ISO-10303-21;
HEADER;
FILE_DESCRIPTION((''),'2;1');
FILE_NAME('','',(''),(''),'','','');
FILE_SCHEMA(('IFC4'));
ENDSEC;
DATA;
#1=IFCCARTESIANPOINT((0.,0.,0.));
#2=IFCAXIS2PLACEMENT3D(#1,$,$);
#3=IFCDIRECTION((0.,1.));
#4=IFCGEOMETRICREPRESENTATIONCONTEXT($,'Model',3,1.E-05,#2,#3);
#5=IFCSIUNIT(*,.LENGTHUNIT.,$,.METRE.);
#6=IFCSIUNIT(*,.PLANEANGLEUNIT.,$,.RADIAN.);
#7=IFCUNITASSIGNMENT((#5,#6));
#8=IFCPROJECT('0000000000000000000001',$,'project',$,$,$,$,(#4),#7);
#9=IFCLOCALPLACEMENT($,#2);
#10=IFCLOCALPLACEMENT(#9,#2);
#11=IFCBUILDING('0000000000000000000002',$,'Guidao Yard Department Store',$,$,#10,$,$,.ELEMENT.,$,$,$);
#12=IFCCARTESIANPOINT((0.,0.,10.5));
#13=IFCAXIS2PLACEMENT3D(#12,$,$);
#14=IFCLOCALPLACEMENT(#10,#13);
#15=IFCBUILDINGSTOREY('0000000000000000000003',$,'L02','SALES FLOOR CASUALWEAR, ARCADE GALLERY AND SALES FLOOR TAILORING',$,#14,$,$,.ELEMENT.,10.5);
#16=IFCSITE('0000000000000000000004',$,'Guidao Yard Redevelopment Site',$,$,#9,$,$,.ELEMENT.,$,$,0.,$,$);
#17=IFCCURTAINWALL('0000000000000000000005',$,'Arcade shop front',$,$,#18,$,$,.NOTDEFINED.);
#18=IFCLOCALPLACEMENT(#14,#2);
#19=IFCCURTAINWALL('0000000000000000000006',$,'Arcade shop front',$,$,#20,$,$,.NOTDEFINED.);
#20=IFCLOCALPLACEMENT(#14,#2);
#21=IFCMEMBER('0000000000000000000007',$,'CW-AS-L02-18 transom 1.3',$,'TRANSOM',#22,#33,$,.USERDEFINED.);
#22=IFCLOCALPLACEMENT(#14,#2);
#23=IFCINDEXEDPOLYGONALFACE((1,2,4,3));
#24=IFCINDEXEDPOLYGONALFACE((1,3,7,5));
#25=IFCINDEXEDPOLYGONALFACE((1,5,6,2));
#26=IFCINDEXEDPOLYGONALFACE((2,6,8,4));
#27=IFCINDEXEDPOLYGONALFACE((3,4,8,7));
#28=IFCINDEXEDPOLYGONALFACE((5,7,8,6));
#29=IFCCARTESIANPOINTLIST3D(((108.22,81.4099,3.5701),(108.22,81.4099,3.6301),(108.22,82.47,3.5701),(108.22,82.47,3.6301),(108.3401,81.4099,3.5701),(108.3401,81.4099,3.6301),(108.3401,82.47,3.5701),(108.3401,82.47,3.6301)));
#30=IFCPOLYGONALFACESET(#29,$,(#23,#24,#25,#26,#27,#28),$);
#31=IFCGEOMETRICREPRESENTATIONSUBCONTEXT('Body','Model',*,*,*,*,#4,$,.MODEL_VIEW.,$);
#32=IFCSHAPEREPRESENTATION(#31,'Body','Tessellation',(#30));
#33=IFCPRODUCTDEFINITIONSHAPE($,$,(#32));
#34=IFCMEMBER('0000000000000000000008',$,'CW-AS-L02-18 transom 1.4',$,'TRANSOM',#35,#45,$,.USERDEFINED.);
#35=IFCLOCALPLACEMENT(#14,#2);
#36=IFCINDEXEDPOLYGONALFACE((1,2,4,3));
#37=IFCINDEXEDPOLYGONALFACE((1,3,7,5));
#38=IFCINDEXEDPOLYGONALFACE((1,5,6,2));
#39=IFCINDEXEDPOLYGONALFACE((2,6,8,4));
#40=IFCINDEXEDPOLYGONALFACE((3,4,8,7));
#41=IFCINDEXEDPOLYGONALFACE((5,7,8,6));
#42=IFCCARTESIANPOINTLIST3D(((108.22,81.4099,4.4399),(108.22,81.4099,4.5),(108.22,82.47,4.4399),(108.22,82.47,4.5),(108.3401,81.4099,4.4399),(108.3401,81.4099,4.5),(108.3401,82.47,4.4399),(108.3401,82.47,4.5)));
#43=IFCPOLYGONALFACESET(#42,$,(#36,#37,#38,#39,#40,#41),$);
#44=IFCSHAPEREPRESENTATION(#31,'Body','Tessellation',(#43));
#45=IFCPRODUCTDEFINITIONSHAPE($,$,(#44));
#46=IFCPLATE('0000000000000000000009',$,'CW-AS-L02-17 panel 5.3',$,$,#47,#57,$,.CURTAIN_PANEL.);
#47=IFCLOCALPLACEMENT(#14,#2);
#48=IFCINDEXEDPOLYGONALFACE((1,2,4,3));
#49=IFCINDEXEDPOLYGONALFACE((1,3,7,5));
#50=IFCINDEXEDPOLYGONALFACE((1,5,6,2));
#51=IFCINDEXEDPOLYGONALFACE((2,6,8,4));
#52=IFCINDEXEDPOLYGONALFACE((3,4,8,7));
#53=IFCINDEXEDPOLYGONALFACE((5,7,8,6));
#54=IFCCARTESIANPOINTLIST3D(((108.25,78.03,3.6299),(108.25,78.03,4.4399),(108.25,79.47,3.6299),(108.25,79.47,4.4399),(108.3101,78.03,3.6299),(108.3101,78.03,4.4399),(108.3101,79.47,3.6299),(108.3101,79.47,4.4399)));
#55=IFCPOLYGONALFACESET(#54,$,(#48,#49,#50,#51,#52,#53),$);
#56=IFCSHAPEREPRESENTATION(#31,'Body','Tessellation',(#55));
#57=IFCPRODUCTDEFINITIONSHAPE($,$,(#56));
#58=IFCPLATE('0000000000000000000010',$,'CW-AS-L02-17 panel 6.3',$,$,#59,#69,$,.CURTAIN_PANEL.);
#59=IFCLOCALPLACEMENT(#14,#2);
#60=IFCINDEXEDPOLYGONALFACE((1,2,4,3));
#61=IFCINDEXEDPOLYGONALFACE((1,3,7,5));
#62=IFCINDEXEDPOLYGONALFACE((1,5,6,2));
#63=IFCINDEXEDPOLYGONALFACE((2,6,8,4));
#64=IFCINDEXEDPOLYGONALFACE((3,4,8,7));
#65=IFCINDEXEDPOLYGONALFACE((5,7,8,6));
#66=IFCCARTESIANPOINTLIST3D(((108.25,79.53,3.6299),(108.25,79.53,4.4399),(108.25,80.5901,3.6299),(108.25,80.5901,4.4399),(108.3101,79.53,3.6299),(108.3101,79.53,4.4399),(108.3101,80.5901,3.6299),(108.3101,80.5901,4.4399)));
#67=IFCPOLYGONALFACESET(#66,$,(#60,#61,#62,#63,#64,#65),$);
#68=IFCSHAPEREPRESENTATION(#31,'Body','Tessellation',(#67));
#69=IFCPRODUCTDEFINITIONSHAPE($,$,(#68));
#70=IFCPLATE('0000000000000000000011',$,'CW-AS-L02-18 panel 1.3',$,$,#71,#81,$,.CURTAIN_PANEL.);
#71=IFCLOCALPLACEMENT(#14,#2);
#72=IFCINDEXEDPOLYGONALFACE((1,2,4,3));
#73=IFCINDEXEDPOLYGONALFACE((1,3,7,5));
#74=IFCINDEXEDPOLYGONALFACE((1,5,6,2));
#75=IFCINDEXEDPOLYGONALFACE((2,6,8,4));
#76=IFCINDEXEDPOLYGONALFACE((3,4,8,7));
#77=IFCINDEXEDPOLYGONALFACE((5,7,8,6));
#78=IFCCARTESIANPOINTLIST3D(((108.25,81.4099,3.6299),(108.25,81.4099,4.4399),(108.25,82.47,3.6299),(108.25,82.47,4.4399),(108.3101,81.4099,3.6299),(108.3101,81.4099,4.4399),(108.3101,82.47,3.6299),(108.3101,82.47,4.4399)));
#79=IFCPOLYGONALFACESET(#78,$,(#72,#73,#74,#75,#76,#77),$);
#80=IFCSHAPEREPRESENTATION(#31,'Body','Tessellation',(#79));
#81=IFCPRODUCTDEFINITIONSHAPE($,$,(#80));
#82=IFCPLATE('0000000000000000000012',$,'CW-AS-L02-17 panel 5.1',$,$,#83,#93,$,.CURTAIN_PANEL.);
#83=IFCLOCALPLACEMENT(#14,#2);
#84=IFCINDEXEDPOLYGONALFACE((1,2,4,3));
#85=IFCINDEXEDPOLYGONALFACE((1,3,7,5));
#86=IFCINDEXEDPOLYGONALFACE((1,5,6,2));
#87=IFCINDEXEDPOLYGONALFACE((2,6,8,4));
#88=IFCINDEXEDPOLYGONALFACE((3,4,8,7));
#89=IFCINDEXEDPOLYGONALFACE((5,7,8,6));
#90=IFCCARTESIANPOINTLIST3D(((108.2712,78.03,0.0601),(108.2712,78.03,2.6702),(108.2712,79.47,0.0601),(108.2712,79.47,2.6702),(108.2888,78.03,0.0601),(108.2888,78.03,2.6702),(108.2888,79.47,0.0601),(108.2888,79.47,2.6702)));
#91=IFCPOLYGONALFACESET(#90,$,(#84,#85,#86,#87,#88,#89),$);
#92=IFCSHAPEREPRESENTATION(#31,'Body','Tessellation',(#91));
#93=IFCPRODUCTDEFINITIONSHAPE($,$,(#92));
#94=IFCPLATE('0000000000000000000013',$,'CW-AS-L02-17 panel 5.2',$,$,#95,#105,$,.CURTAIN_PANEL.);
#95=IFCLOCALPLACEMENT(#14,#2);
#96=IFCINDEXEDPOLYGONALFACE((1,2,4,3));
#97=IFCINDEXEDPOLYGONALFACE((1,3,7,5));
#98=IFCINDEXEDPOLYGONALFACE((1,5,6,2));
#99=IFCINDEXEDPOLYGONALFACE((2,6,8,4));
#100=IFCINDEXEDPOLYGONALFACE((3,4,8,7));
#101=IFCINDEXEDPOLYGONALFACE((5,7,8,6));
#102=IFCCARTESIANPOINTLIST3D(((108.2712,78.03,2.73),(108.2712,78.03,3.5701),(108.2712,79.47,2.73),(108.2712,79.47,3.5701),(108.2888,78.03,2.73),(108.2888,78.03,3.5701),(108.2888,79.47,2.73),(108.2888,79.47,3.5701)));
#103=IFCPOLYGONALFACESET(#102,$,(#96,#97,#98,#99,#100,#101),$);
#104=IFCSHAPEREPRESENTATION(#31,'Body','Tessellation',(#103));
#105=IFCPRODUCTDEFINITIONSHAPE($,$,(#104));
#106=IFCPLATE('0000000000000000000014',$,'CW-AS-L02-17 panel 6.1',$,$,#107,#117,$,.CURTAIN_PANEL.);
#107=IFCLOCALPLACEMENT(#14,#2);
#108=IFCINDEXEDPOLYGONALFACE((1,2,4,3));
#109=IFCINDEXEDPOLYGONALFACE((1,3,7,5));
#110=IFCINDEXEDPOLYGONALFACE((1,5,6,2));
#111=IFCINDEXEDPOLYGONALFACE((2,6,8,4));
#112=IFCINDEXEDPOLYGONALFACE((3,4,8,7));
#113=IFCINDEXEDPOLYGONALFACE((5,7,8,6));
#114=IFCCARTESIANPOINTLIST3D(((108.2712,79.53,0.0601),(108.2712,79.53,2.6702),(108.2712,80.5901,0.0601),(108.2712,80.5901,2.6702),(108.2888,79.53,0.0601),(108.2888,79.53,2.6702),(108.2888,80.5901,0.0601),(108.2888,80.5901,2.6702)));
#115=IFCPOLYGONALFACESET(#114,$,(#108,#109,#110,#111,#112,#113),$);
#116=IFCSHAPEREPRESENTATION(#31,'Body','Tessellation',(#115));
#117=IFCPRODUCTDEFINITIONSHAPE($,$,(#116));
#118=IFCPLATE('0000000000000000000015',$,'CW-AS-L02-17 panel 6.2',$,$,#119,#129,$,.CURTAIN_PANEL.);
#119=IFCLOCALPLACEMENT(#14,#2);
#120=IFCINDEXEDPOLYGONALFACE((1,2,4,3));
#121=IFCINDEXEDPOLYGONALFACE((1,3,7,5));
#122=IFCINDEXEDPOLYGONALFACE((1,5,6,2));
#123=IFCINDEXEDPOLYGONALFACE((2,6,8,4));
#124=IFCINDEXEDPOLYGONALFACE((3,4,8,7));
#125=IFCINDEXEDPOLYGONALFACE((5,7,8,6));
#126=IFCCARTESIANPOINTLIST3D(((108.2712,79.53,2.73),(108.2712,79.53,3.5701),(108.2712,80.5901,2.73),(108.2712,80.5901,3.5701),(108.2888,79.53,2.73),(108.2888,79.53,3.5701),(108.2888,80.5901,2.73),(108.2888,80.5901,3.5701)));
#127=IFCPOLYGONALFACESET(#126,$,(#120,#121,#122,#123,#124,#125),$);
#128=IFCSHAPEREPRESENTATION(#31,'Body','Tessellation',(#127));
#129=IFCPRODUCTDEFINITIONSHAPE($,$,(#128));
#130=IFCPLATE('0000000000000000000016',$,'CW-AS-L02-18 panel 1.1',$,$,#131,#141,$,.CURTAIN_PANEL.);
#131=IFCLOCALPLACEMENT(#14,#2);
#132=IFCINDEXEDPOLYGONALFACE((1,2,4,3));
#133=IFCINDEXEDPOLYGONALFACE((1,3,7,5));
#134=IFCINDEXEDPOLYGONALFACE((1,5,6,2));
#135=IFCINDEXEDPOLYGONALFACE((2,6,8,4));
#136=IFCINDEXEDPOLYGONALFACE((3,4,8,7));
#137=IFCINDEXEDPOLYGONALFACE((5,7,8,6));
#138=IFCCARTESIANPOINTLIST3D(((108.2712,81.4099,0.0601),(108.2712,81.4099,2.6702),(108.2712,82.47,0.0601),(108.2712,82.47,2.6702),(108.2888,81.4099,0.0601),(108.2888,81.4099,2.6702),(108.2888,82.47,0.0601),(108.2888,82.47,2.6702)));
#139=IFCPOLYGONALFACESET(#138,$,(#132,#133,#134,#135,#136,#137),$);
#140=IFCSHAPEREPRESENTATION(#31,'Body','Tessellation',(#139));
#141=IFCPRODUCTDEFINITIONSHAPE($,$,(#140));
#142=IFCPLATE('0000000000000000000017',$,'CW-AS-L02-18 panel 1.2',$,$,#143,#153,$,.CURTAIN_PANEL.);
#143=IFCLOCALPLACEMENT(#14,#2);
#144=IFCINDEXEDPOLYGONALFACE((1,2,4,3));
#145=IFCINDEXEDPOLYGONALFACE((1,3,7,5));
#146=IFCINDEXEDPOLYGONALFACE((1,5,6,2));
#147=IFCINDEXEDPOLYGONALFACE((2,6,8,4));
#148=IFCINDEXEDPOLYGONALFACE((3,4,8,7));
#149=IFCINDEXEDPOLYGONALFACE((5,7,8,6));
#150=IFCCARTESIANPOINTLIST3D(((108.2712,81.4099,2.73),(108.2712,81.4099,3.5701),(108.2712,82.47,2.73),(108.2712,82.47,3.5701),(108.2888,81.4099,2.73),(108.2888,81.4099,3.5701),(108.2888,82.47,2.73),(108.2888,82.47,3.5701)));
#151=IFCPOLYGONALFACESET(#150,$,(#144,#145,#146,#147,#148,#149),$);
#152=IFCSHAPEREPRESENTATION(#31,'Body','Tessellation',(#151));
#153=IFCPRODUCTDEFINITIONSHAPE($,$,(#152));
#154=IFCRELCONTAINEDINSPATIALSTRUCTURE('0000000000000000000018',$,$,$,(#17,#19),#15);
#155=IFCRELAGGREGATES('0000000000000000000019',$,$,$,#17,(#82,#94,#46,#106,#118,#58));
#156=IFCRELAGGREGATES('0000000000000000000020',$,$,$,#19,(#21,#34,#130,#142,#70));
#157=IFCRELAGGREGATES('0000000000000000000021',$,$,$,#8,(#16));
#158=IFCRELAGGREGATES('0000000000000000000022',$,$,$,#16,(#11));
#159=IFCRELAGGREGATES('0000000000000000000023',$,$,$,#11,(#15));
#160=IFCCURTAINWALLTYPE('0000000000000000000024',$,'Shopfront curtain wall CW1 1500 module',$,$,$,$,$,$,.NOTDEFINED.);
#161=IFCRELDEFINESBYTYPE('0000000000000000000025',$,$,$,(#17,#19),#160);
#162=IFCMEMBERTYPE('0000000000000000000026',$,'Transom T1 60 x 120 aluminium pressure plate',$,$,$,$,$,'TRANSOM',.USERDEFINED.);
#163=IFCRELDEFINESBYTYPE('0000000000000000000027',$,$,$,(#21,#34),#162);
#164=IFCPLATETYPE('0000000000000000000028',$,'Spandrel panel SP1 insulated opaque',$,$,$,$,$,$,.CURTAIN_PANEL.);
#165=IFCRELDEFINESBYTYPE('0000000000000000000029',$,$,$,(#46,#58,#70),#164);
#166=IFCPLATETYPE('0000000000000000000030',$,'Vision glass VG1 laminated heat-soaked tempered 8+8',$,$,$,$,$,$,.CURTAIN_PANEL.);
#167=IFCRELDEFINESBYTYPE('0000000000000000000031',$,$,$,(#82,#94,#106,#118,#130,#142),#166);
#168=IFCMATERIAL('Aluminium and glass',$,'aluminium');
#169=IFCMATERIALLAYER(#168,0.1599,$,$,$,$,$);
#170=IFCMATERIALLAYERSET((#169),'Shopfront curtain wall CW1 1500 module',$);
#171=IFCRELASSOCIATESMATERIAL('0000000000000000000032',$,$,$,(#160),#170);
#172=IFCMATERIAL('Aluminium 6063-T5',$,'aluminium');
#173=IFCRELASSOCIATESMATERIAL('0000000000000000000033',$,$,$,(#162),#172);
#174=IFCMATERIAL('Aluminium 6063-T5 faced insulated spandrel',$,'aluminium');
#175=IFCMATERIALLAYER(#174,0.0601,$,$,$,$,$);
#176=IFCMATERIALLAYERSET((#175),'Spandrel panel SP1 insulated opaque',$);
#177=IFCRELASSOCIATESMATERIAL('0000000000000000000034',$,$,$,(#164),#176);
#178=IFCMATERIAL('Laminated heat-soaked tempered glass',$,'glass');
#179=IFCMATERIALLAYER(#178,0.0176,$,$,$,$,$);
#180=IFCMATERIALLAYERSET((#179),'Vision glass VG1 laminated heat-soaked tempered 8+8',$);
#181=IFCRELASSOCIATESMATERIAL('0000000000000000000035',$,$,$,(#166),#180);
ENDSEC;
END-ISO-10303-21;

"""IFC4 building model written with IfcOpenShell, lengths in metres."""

from ifc_helpers import new_model, si_unit, direction, frame, origin, origin_2d, place, context, subcontext, project, spatial, rectangle, extrude, material, layer, layer_set, material_profile, profile_set, type_object, element, aggregate, save


model = new_model("IFC4")

# Units and contexts
model_context = context("Model", 3, precision=1e-05, world=origin(), true_north=direction((0.0, 1.0)))
body_context = subcontext(model_context, "Body", "Model", "MODEL_VIEW")
ifc_project = project(units=[si_unit("LENGTHUNIT", "METRE"), si_unit("PLANEANGLEUNIT", "RADIAN")], contexts=[model_context])

# Site, building, storey
site_placement = place(None, origin())
site = spatial("IfcSite", under=ifc_project, at=site_placement, Name="Guidao Yard Redevelopment Site", CompositionType="ELEMENT", RefElevation=0.0)
building_placement = place(site_placement, origin())
building = spatial("IfcBuilding", under=site, at=building_placement, Name="Guidao Yard Department Store", CompositionType="ELEMENT")
storey_placement = place(building_placement, frame((0.0, 0.0, 10.5)))
storey = spatial("IfcBuildingStorey", under=building, at=storey_placement, Name="L02", Description="SALES FLOOR CASUALWEAR, ARCADE GALLERY AND SALES FLOOR TAILORING", CompositionType="ELEMENT", Elevation=10.5)

# Curtain wall
ifc_material_1 = material(Name="Aluminium and glass", Category="aluminium")
ifc_layer_1 = layer(ifc_material_1, 0.1599)
ifc_layer_set_1 = layer_set([ifc_layer_1], Name="Shopfront curtain wall CW1 1500 module")
curtain_wall_type = type_object("IfcCurtainWallType", Name="Shopfront curtain wall CW1 1500 module", PredefinedType="NOTDEFINED", material=ifc_layer_set_1)
curtain_wall_1_placement = place(storey_placement, origin())
curtain_wall_1 = element("IfcCurtainWall", 1, at=curtain_wall_1_placement, inside=storey, type_object=curtain_wall_type, Name="Arcade shop front", PredefinedType="NOTDEFINED")

# Curtain wall
curtain_wall_2_placement = place(storey_placement, origin())
curtain_wall_2 = element("IfcCurtainWall", 2, at=curtain_wall_2_placement, inside=storey, type_object=curtain_wall_type, Name="Arcade shop front", PredefinedType="NOTDEFINED")

# Members
ifc_material_2 = material(Name="Aluminium 6063-T5", Category="aluminium")
ifc_material_profile_1 = material_profile(ifc_material_2, rectangle(XDim=0.1201, YDim=0.0601, at=origin_2d()), Name="Transom T1 60 x 120 aluminium pressure plate")
ifc_profile_set_1 = profile_set([ifc_material_profile_1], Name="Aluminium 6063-T5")
member_type_1 = type_object("IfcMemberType", Name="Transom T1 60 x 120 aluminium pressure plate", ElementType="TRANSOM", PredefinedType="USERDEFINED", material=ifc_profile_set_1)
member_1_placement = place(storey_placement, frame((108.28, 82.47, 3.6001), z_axis=(0.0, -1.0, 0.0), x_axis=(1.0, 0.0, 0.0)))
member_1 = element("IfcMember", 3, at=member_1_placement, type_object=member_type_1, Name="CW-AS-L02-18 transom 1.3", ObjectType="TRANSOM", PredefinedType="USERDEFINED", context=body_context, shape_type="SweptSolid", body=[
    extrude(rectangle(XDim=0.1201, YDim=0.0601, at=origin_2d()), origin(), (0.0, 0.0, 1.0), 1.0601),
])
member_2_placement = place(storey_placement, frame((108.28, 82.47, 4.47), z_axis=(0.0, -1.0, 0.0), x_axis=(1.0, 0.0, 0.0)))
member_2 = element("IfcMember", 4, at=member_2_placement, type_object=member_type_1, Name="CW-AS-L02-18 transom 1.4", ObjectType="TRANSOM", PredefinedType="USERDEFINED", context=body_context, shape_type="SweptSolid", body=[
    extrude(rectangle(XDim=0.1201, YDim=0.0601, at=origin_2d()), origin(), (0.0, 0.0, 1.0), 1.0601),
])

# Plates
ifc_material_3 = material(Name="Aluminium 6063-T5 faced insulated spandrel", Category="aluminium")
ifc_layer_2 = layer(ifc_material_3, 0.0601)
ifc_layer_set_2 = layer_set([ifc_layer_2], Name="Spandrel panel SP1 insulated opaque")
plate_type_1 = type_object("IfcPlateType", Name="Spandrel panel SP1 insulated opaque", PredefinedType="CURTAIN_PANEL", material=ifc_layer_set_2)
plate_1_placement = place(storey_placement, frame((108.28, 78.75, 3.6299), z_axis=(0.0, 0.0, 1.0), x_axis=(0.0, -1.0, 0.0)))
plate_1 = element("IfcPlate", 5, at=plate_1_placement, type_object=plate_type_1, Name="CW-AS-L02-17 panel 5.3", PredefinedType="CURTAIN_PANEL", context=body_context, shape_type="SweptSolid", body=[
    extrude(rectangle(XDim=1.4399, YDim=0.0601, at=origin_2d()), origin(), (0.0, 0.0, 1.0), 0.8101),
])
plate_2_placement = place(storey_placement, frame((108.28, 80.0601, 3.6299), z_axis=(0.0, 0.0, 1.0), x_axis=(0.0, -1.0, 0.0)))
plate_2 = element("IfcPlate", 6, at=plate_2_placement, type_object=plate_type_1, Name="CW-AS-L02-17 panel 6.3", PredefinedType="CURTAIN_PANEL", context=body_context, shape_type="SweptSolid", body=[
    extrude(rectangle(XDim=1.0601, YDim=0.0601, at=origin_2d()), origin(), (0.0, 0.0, 1.0), 0.8101),
])
plate_3_placement = place(storey_placement, frame((108.28, 81.9399, 3.6299), z_axis=(0.0, 0.0, 1.0), x_axis=(0.0, -1.0, 0.0)))
plate_3 = element("IfcPlate", 7, at=plate_3_placement, type_object=plate_type_1, Name="CW-AS-L02-18 panel 1.3", PredefinedType="CURTAIN_PANEL", context=body_context, shape_type="SweptSolid", body=[
    extrude(rectangle(XDim=1.0601, YDim=0.0601, at=origin_2d()), origin(), (0.0, 0.0, 1.0), 0.8101),
])
ifc_material_4 = material(Name="Laminated heat-soaked tempered glass", Category="glass")
ifc_layer_3 = layer(ifc_material_4, 0.0176)
ifc_layer_set_3 = layer_set([ifc_layer_3], Name="Vision glass VG1 laminated heat-soaked tempered 8+8")
plate_type_2 = type_object("IfcPlateType", Name="Vision glass VG1 laminated heat-soaked tempered 8+8", PredefinedType="CURTAIN_PANEL", material=ifc_layer_set_3)
plate_4_placement = place(storey_placement, frame((108.28, 78.75, 0.0601), z_axis=(0.0, 0.0, 1.0), x_axis=(0.0, -1.0, 0.0)))
plate_4 = element("IfcPlate", 8, at=plate_4_placement, type_object=plate_type_2, Name="CW-AS-L02-17 panel 5.1", PredefinedType="CURTAIN_PANEL", context=body_context, shape_type="SweptSolid", body=[
    extrude(rectangle(XDim=1.4399, YDim=0.0176, at=origin_2d()), origin(), (0.0, 0.0, 1.0), 2.6101),
])
plate_5_placement = place(storey_placement, frame((108.28, 78.75, 2.73), z_axis=(0.0, 0.0, 1.0), x_axis=(0.0, -1.0, 0.0)))
plate_5 = element("IfcPlate", 9, at=plate_5_placement, type_object=plate_type_2, Name="CW-AS-L02-17 panel 5.2", PredefinedType="CURTAIN_PANEL", context=body_context, shape_type="SweptSolid", body=[
    extrude(rectangle(XDim=1.4399, YDim=0.0176, at=origin_2d()), origin(), (0.0, 0.0, 1.0), 0.8401),
])
plate_6_placement = place(storey_placement, frame((108.28, 80.0601, 0.0601), z_axis=(0.0, 0.0, 1.0), x_axis=(0.0, -1.0, 0.0)))
plate_6 = element("IfcPlate", 10, at=plate_6_placement, type_object=plate_type_2, Name="CW-AS-L02-17 panel 6.1", PredefinedType="CURTAIN_PANEL", context=body_context, shape_type="SweptSolid", body=[
    extrude(rectangle(XDim=1.0601, YDim=0.0176, at=origin_2d()), origin(), (0.0, 0.0, 1.0), 2.6101),
])
plate_7_placement = place(storey_placement, frame((108.28, 80.0601, 2.73), z_axis=(0.0, 0.0, 1.0), x_axis=(0.0, -1.0, 0.0)))
plate_7 = element("IfcPlate", 11, at=plate_7_placement, type_object=plate_type_2, Name="CW-AS-L02-17 panel 6.2", PredefinedType="CURTAIN_PANEL", context=body_context, shape_type="SweptSolid", body=[
    extrude(rectangle(XDim=1.0601, YDim=0.0176, at=origin_2d()), origin(), (0.0, 0.0, 1.0), 0.8401),
])
aggregate(curtain_wall_1, [plate_4, plate_5, plate_1, plate_6, plate_7, plate_2])
plate_8_placement = place(storey_placement, frame((108.28, 81.9399, 0.0601), z_axis=(0.0, 0.0, 1.0), x_axis=(0.0, -1.0, 0.0)))
plate_8 = element("IfcPlate", 12, at=plate_8_placement, type_object=plate_type_2, Name="CW-AS-L02-18 panel 1.1", PredefinedType="CURTAIN_PANEL", context=body_context, shape_type="SweptSolid", body=[
    extrude(rectangle(XDim=1.0601, YDim=0.0176, at=origin_2d()), origin(), (0.0, 0.0, 1.0), 2.6101),
])
plate_9_placement = place(storey_placement, frame((108.28, 81.9399, 2.73), z_axis=(0.0, 0.0, 1.0), x_axis=(0.0, -1.0, 0.0)))
plate_9 = element("IfcPlate", 13, at=plate_9_placement, type_object=plate_type_2, Name="CW-AS-L02-18 panel 1.2", PredefinedType="CURTAIN_PANEL", context=body_context, shape_type="SweptSolid", body=[
    extrude(rectangle(XDim=1.0601, YDim=0.0176, at=origin_2d()), origin(), (0.0, 0.0, 1.0), 0.8401),
])
aggregate(curtain_wall_2, [member_1, member_2, plate_8, plate_9, plate_3])

save(model, "model.ifc")
